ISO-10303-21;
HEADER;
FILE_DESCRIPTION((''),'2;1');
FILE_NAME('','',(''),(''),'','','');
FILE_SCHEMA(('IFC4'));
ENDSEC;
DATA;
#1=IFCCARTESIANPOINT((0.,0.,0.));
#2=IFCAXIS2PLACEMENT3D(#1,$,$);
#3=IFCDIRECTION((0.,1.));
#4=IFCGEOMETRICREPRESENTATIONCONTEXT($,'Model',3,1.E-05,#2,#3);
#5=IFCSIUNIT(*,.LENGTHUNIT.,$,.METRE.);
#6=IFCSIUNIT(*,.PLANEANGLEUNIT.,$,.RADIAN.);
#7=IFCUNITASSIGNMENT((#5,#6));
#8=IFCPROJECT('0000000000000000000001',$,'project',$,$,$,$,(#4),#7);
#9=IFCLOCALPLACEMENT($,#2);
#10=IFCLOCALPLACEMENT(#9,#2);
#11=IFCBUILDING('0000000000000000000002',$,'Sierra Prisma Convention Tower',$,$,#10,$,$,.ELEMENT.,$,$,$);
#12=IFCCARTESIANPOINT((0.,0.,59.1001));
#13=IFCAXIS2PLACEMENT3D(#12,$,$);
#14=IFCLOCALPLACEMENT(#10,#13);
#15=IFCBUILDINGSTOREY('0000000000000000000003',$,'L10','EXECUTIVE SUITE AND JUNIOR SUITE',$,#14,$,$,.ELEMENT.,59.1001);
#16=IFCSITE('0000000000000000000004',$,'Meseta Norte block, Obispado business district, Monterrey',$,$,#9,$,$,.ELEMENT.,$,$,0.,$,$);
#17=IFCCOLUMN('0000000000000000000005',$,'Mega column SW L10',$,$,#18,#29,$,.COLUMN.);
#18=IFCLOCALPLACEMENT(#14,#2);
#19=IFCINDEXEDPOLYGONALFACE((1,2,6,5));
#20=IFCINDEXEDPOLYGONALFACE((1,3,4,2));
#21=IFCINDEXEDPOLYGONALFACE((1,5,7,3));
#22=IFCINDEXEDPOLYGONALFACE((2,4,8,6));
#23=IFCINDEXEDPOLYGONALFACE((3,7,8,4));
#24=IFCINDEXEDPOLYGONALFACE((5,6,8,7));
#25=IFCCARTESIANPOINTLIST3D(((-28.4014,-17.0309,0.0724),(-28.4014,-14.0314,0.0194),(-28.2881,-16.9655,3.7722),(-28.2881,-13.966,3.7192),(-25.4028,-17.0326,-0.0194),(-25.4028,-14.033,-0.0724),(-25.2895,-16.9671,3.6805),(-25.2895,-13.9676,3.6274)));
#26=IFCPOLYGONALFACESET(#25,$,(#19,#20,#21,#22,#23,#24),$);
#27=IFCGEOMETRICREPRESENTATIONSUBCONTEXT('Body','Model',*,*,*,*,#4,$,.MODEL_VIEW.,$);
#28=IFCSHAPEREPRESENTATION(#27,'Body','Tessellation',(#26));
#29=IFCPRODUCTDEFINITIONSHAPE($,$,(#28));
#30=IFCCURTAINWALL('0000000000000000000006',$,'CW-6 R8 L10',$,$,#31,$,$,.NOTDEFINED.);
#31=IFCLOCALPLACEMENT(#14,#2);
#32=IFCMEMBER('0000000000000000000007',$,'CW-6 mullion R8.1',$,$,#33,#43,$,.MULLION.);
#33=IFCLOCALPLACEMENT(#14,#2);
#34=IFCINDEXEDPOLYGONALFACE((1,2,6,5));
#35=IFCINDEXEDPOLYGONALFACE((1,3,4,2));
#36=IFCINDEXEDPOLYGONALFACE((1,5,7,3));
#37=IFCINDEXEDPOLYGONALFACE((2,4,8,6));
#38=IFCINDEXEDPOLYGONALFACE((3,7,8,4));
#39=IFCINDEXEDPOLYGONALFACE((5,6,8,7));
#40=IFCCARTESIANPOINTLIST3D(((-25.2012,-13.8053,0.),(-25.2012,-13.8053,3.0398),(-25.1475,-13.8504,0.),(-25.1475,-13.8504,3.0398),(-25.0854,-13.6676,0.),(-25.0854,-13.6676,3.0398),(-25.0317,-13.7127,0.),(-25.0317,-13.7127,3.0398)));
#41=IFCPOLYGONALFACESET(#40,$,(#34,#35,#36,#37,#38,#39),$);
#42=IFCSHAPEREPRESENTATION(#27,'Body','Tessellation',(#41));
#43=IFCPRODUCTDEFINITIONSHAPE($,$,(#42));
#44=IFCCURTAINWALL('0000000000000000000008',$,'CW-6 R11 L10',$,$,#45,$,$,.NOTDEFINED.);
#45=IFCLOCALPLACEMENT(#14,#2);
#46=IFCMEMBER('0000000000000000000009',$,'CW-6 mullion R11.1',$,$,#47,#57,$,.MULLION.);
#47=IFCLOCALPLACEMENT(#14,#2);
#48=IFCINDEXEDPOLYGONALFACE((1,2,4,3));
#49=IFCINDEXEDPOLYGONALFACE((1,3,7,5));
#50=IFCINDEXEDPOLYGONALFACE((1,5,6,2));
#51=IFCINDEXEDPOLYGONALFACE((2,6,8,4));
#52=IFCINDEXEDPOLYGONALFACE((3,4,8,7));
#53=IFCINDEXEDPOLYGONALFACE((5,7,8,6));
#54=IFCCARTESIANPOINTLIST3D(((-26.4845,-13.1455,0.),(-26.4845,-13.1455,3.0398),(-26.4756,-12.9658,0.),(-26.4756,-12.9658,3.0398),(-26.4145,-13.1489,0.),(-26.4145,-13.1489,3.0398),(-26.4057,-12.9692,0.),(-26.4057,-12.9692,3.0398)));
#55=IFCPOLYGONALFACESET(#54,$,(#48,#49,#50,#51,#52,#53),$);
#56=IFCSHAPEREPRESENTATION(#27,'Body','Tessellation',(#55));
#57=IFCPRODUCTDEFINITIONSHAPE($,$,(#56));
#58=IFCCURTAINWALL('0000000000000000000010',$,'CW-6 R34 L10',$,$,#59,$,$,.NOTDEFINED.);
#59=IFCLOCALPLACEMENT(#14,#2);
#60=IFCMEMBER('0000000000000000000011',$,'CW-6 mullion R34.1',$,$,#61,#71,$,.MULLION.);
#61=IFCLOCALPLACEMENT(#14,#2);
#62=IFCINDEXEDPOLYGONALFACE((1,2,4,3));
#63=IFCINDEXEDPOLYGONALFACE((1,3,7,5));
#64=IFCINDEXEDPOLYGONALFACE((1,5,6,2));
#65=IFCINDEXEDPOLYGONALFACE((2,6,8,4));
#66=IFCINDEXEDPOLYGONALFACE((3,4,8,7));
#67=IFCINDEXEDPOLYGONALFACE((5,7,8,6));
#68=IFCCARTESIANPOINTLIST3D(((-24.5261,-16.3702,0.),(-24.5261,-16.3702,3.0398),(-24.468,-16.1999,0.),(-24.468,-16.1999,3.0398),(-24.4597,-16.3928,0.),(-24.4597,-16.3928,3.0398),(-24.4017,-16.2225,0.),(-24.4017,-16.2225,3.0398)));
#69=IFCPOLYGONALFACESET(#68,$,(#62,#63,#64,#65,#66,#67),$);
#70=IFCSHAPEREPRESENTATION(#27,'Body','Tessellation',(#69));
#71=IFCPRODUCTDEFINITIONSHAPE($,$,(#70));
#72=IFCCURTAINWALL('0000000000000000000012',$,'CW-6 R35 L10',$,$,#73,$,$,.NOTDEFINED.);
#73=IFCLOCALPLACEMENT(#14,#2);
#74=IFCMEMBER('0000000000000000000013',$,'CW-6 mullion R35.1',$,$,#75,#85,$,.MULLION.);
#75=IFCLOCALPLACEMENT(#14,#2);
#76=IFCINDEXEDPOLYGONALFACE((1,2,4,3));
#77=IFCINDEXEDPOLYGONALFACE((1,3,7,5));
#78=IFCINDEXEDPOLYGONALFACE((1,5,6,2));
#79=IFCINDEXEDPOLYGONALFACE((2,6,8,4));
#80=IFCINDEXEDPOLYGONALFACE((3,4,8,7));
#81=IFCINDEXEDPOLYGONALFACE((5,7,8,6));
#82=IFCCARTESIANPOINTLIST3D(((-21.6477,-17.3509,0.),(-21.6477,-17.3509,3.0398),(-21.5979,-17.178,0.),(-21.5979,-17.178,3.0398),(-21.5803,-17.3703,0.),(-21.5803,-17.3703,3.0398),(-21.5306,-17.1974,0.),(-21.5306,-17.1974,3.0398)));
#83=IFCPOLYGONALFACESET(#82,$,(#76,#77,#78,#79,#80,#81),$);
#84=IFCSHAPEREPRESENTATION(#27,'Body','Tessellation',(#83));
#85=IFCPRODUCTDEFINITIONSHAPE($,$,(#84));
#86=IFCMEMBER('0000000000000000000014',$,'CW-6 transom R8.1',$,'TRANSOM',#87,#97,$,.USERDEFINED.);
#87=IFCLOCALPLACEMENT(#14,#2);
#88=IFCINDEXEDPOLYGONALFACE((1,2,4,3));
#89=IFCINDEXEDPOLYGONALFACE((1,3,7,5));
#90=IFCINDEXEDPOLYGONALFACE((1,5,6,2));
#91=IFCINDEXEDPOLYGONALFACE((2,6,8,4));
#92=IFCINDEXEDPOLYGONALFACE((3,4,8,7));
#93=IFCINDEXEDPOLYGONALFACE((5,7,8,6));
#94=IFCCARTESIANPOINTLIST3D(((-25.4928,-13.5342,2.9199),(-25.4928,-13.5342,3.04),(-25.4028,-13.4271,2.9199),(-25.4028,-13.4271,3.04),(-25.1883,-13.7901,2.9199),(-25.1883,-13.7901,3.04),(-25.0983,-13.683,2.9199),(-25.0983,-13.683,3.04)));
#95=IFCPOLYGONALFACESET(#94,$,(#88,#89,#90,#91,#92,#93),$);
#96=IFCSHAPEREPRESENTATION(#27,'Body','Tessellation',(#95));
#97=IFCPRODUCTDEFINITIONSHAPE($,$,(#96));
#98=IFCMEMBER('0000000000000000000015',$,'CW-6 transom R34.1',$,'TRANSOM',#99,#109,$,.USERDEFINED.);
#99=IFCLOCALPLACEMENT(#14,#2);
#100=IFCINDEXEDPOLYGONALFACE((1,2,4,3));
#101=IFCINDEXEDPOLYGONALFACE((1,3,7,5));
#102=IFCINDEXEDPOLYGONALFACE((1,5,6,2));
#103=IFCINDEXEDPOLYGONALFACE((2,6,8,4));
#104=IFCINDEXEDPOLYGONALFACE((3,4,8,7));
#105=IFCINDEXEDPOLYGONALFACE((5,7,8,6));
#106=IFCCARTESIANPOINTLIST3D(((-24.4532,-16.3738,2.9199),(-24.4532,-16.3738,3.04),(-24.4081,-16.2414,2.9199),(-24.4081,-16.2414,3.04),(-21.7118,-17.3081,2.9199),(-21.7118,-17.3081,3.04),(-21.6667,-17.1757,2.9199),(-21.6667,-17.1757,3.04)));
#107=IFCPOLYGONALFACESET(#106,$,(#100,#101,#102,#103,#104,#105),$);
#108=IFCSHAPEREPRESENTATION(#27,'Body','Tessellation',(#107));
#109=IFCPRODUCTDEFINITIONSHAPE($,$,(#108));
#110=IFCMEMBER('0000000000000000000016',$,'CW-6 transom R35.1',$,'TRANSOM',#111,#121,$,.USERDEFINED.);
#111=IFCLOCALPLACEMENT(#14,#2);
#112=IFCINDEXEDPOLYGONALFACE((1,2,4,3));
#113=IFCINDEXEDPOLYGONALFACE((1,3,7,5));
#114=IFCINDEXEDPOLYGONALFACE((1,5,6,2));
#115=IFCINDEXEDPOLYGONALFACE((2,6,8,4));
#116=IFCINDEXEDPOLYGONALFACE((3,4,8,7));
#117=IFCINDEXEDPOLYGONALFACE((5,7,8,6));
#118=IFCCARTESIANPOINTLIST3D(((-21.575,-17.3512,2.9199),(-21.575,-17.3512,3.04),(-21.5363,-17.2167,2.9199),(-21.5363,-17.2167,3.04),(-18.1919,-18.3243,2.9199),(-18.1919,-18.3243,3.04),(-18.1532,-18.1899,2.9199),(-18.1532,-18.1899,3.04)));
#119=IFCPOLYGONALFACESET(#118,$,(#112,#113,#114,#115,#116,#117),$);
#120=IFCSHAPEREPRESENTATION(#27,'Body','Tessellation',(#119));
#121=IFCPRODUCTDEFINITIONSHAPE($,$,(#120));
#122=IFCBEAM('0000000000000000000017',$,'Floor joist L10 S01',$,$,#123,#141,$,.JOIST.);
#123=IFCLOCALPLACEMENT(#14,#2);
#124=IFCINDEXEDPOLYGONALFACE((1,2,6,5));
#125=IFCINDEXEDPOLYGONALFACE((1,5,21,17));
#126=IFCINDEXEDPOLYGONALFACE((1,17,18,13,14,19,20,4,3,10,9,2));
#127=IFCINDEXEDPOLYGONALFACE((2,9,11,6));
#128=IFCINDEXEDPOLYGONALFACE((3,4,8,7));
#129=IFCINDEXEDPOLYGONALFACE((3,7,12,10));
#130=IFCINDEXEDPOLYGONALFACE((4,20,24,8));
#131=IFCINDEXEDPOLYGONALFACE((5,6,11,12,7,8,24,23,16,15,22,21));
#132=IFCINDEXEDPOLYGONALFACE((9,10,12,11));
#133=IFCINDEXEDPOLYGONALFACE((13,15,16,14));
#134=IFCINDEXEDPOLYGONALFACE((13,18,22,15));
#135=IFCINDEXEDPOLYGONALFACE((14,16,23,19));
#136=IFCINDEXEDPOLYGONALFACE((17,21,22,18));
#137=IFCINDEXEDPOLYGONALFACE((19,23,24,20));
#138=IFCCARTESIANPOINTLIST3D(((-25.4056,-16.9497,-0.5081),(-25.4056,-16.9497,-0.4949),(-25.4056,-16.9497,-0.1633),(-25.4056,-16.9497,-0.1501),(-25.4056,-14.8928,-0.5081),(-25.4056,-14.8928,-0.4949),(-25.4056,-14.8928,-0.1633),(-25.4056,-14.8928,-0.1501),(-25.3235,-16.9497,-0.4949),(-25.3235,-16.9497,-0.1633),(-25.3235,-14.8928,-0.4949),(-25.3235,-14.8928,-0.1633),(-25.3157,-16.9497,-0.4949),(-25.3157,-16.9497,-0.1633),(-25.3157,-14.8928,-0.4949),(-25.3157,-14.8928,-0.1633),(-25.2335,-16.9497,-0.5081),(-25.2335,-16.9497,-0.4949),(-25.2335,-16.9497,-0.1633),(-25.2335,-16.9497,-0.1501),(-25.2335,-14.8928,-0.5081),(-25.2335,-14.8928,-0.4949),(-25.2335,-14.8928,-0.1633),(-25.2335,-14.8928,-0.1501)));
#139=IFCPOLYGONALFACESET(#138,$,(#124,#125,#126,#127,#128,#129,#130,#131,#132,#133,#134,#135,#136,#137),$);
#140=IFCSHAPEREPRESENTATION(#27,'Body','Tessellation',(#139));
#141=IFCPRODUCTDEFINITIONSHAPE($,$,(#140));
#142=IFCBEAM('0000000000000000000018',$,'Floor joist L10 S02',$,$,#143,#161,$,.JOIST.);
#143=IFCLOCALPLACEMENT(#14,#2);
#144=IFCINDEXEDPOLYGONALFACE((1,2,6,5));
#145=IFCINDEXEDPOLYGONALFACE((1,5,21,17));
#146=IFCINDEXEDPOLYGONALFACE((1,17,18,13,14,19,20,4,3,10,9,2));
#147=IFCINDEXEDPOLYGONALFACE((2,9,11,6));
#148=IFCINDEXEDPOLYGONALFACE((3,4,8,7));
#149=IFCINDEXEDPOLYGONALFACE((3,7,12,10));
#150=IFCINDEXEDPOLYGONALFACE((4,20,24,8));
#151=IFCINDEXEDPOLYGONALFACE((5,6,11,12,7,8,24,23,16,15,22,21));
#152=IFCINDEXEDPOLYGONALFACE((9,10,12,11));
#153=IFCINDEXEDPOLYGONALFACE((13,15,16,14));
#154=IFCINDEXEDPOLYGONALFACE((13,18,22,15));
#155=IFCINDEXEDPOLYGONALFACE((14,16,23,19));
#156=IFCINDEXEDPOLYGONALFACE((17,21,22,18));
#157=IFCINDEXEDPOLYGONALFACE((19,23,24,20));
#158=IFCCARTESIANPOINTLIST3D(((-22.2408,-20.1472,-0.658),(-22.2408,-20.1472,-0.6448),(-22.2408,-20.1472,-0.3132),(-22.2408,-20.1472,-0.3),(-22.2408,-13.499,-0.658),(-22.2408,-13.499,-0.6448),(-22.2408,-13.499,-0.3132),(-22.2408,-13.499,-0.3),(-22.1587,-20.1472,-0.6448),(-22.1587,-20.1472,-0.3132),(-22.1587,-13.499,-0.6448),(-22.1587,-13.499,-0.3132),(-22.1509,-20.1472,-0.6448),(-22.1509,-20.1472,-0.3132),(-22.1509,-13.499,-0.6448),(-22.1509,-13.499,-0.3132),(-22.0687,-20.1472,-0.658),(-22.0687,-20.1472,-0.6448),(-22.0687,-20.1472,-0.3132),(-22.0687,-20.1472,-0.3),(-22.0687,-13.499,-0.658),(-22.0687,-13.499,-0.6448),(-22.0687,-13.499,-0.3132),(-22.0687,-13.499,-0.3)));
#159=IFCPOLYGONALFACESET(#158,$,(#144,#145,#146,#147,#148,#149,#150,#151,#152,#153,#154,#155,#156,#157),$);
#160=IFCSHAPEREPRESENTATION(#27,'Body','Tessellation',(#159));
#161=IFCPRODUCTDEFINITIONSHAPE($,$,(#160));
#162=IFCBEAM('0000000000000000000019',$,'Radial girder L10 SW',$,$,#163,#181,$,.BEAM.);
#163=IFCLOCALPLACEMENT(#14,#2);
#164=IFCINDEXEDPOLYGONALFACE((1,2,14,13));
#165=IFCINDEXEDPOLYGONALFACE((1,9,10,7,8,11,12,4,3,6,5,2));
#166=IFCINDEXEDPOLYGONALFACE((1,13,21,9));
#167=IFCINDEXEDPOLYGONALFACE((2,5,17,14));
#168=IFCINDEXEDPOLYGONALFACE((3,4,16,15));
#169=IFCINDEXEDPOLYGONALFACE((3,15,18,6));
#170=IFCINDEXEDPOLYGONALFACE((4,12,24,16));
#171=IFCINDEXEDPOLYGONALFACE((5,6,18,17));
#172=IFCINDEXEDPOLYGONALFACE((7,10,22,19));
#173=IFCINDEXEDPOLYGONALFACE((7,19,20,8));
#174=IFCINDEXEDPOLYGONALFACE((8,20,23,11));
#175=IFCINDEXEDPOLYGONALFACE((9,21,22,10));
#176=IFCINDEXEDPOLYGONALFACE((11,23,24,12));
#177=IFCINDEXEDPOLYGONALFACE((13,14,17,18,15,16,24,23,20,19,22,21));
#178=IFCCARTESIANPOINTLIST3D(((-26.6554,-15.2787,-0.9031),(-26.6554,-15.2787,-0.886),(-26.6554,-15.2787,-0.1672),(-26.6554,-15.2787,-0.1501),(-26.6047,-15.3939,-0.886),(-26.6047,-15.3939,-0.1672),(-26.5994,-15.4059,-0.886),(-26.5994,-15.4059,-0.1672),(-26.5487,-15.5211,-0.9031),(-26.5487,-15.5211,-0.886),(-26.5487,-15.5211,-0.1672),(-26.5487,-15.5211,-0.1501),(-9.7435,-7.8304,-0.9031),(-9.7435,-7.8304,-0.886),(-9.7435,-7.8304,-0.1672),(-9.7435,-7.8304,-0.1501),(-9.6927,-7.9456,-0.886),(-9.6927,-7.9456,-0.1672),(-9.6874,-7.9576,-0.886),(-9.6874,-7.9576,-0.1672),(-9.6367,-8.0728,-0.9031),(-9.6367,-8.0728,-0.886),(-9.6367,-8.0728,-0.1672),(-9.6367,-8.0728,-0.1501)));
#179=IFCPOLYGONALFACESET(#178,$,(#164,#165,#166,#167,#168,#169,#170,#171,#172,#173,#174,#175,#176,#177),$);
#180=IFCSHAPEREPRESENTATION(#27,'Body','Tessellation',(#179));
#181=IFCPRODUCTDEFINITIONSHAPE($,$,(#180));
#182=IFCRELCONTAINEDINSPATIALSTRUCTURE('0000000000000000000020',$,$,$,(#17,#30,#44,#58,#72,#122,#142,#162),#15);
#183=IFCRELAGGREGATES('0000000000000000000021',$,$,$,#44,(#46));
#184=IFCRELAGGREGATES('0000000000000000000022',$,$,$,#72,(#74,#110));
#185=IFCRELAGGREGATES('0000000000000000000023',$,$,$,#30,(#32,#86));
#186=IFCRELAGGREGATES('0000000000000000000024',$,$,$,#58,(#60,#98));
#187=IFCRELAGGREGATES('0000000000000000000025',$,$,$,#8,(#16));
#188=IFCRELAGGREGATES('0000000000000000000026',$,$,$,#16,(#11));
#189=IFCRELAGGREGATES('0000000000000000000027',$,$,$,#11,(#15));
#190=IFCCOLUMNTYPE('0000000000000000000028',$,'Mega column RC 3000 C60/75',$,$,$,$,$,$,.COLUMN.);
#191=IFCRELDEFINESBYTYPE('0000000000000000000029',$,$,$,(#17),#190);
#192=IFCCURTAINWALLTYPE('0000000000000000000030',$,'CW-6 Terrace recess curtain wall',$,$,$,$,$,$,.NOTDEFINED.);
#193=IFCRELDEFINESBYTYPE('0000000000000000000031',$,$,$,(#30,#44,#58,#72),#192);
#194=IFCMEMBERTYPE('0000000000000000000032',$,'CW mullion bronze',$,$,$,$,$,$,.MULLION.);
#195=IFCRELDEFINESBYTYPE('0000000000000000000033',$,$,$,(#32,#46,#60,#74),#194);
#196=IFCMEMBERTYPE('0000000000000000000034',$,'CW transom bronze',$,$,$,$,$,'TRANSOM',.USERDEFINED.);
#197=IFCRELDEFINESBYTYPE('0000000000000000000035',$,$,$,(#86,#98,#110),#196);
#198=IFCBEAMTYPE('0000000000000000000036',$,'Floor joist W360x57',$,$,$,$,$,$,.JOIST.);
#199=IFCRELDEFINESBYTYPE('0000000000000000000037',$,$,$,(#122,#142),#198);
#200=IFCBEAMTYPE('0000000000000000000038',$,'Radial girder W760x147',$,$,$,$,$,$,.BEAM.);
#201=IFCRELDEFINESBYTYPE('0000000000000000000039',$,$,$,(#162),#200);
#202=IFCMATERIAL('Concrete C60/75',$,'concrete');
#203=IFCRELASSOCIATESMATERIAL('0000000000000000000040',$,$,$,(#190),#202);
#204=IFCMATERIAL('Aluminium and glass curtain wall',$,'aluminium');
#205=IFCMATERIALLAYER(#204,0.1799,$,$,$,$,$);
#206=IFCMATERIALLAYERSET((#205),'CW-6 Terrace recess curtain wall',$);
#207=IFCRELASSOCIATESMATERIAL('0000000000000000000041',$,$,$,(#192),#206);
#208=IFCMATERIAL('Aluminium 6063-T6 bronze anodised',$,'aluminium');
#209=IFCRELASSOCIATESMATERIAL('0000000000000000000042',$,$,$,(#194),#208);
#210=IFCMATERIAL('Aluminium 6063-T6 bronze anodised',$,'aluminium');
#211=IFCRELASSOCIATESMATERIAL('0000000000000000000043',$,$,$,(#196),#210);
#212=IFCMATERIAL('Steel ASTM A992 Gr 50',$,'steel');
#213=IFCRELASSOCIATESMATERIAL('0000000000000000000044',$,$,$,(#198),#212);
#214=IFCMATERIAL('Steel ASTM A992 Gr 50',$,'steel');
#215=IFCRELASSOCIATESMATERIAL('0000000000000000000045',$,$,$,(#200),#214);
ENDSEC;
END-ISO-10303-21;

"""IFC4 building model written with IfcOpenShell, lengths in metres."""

from ifc_helpers import new_model, si_unit, direction, frame, origin, origin_2d, place, context, subcontext, project, spatial, rectangle, i_section, extrude, material, layer, layer_set, material_profile, profile_set, type_object, element, aggregate, save


model = new_model("IFC4")

# Units and contexts
model_context = context("Model", 3, precision=1e-05, world=origin(), true_north=direction((0.0, 1.0)))
body_context = subcontext(model_context, "Body", "Model", "MODEL_VIEW")
ifc_project = project(units=[si_unit("LENGTHUNIT", "METRE"), si_unit("PLANEANGLEUNIT", "RADIAN")], contexts=[model_context])

# Site, building, storey
site_placement = place(None, origin())
site = spatial("IfcSite", under=ifc_project, at=site_placement, Name="Meseta Norte block, Obispado business district, Monterrey", CompositionType="ELEMENT", RefElevation=0.0)
building_placement = place(site_placement, origin())
building = spatial("IfcBuilding", under=site, at=building_placement, Name="Sierra Prisma Convention Tower", CompositionType="ELEMENT")
storey_placement = place(building_placement, frame((0.0, 0.0, 59.1001)))
storey = spatial("IfcBuildingStorey", under=building, at=storey_placement, Name="L10", Description="EXECUTIVE SUITE AND JUNIOR SUITE", CompositionType="ELEMENT", Elevation=59.1001)

# Column
ifc_material_1 = material(Name="Concrete C60/75", Category="concrete")
ifc_material_profile_1 = material_profile(ifc_material_1, rectangle(XDim=3.0, YDim=3.0, at=origin_2d()), Name="Mega column RC 3000 C60/75")
ifc_profile_set_1 = profile_set([ifc_material_profile_1], Name="Concrete C60/75")
column_type = type_object("IfcColumnType", Name="Mega column RC 3000 C60/75", PredefinedType="COLUMN", material=ifc_profile_set_1)
column_placement = place(storey_placement, frame((-26.9021, -15.532, 0.0), z_axis=(0.030598, 0.017673, 0.999376), x_axis=(0.999532, -0.000541, -0.030593)))
element("IfcColumn", 1, at=column_placement, inside=storey, type_object=column_type, Name="Mega column SW L10", PredefinedType="COLUMN", context=body_context, shape_type="SweptSolid", body=[
    extrude(rectangle(XDim=3.0, YDim=3.0, at=origin_2d()), origin(), (0.0, 0.0, 1.0), 3.7021),
])

# Curtain walls, members
ifc_material_2 = material(Name="Aluminium and glass curtain wall", Category="aluminium")
ifc_layer_1 = layer(ifc_material_2, 0.1799)
ifc_layer_set_1 = layer_set([ifc_layer_1], Name="CW-6 Terrace recess curtain wall")
curtain_wall_type = type_object("IfcCurtainWallType", Name="CW-6 Terrace recess curtain wall", PredefinedType="NOTDEFINED", material=ifc_layer_set_1)
curtain_wall_1_placement = place(storey_placement, origin())
curtain_wall_1 = element("IfcCurtainWall", 2, at=curtain_wall_1_placement, inside=storey, type_object=curtain_wall_type, Name="CW-6 R8 L10", PredefinedType="NOTDEFINED")
ifc_material_3 = material(Name="Aluminium 6063-T6 bronze anodised", Category="aluminium")
ifc_material_profile_2 = material_profile(ifc_material_3, rectangle(XDim=0.1799, YDim=0.0701, at=origin_2d()), Name="ALU MULLION 70x180")
ifc_profile_set_2 = profile_set([ifc_material_profile_2], Name="Aluminium 6063-T6 bronze anodised")
member_type_1 = type_object("IfcMemberType", Name="CW mullion bronze", PredefinedType="MULLION", material=ifc_profile_set_2)
member_1_placement = place(storey_placement, frame((-25.1165, -13.759, 0.0), z_axis=(0.0, 0.0, 1.0), x_axis=(-0.64361, -0.765353, 0.0)))
member_1 = element("IfcMember", 3, at=member_1_placement, type_object=member_type_1, Name="CW-6 mullion R8.1", PredefinedType="MULLION", context=body_context, shape_type="SweptSolid", body=[
    extrude(rectangle(XDim=0.1799, YDim=0.0701, at=origin_2d()), origin(), (0.0, 0.0, 1.0), 3.0398),
])
curtain_wall_2_placement = place(storey_placement, origin())
curtain_wall_2 = element("IfcCurtainWall", 4, at=curtain_wall_2_placement, inside=storey, type_object=curtain_wall_type, Name="CW-6 R11 L10", PredefinedType="NOTDEFINED")
member_2_placement = place(storey_placement, frame((-26.4451, -13.0574, 0.0), z_axis=(0.0, 0.0, 1.0), x_axis=(-0.049068, -0.998795, 0.0)))
member_2 = element("IfcMember", 5, at=member_2_placement, type_object=member_type_1, Name="CW-6 mullion R11.1", PredefinedType="MULLION", context=body_context, shape_type="SweptSolid", body=[
    extrude(rectangle(XDim=0.1799, YDim=0.0701, at=origin_2d()), origin(), (0.0, 0.0, 1.0), 3.0398),
])
aggregate(curtain_wall_2, [member_2])
curtain_wall_3_placement = place(storey_placement, origin())
curtain_wall_3 = element("IfcCurtainWall", 6, at=curtain_wall_3_placement, inside=storey, type_object=curtain_wall_type, Name="CW-6 R34 L10", PredefinedType="NOTDEFINED")
member_3_placement = place(storey_placement, frame((-24.4639, -16.2964, 0.0), z_axis=(0.0, 0.0, 1.0), x_axis=(0.322586, 0.94654, 0.0)))
member_3 = element("IfcMember", 7, at=member_3_placement, type_object=member_type_1, Name="CW-6 mullion R34.1", PredefinedType="MULLION", context=body_context, shape_type="SweptSolid", body=[
    extrude(rectangle(XDim=0.1799, YDim=0.0701, at=origin_2d()), origin(), (0.0, 0.0, 1.0), 3.0398),
])
curtain_wall_4_placement = place(storey_placement, origin())
curtain_wall_4 = element("IfcCurtainWall", 8, at=curtain_wall_4_placement, inside=storey, type_object=curtain_wall_type, Name="CW-6 R35 L10", PredefinedType="NOTDEFINED")
member_4_placement = place(storey_placement, frame((-21.5891, -17.2742, 0.0), z_axis=(0.0, 0.0, 1.0), x_axis=(0.276492, 0.961016, 0.0)))
member_4 = element("IfcMember", 9, at=member_4_placement, type_object=member_type_1, Name="CW-6 mullion R35.1", PredefinedType="MULLION", context=body_context, shape_type="SweptSolid", body=[
    extrude(rectangle(XDim=0.1799, YDim=0.0701, at=origin_2d()), origin(), (0.0, 0.0, 1.0), 3.0398),
])

# Members
ifc_material_4 = material(Name="Aluminium 6063-T6 bronze anodised", Category="aluminium")
ifc_material_profile_3 = material_profile(ifc_material_4, rectangle(XDim=0.1399, YDim=0.1201, at=origin_2d()), Name="ALU TRANSOM 120x140")
ifc_profile_set_3 = profile_set([ifc_material_profile_3], Name="Aluminium 6063-T6 bronze anodised")
member_type_2 = type_object("IfcMemberType", Name="CW transom bronze", ElementType="TRANSOM", PredefinedType="USERDEFINED", material=ifc_profile_set_3)
member_5_placement = place(storey_placement, frame((-25.1433, -13.7366, 2.98), z_axis=(-0.765548, 0.643379, 0.0), x_axis=(-0.643379, -0.765548, 0.0)))
member_5 = element("IfcMember", 10, at=member_5_placement, type_object=member_type_2, Name="CW-6 transom R8.1", ObjectType="TRANSOM", PredefinedType="USERDEFINED", context=body_context, shape_type="SweptSolid", body=[
    extrude(rectangle(XDim=0.1399, YDim=0.1201, at=origin_2d()), origin(), (0.0, 0.0, 1.0), 0.3977),
])
member_6_placement = place(storey_placement, frame((-24.4307, -16.3076, 2.98), z_axis=(0.946538, -0.322593, 0.0), x_axis=(0.322593, 0.946538, 0.0)))
member_6 = element("IfcMember", 11, at=member_6_placement, type_object=member_type_2, Name="CW-6 transom R34.1", ObjectType="TRANSOM", PredefinedType="USERDEFINED", context=body_context, shape_type="SweptSolid", body=[
    extrude(rectangle(XDim=0.1399, YDim=0.1201, at=origin_2d()), origin(), (0.0, 0.0, 1.0), 2.8962),
])
member_7_placement = place(storey_placement, frame((-21.5557, -17.2839, 2.98), z_axis=(0.96103, -0.276443, 0.0), x_axis=(0.276443, 0.96103, 0.0)))
member_7 = element("IfcMember", 12, at=member_7_placement, type_object=member_type_2, Name="CW-6 transom R35.1", ObjectType="TRANSOM", PredefinedType="USERDEFINED", context=body_context, shape_type="SweptSolid", body=[
    extrude(rectangle(XDim=0.1399, YDim=0.1201, at=origin_2d()), origin(), (0.0, 0.0, 1.0), 3.5203),
])
aggregate(curtain_wall_4, [member_4, member_7])

# Beams
ifc_material_5 = material(Name="Steel ASTM A992 Gr 50", Category="steel")
ifc_material_profile_4 = material_profile(ifc_material_5, i_section(OverallWidth=0.1721, OverallDepth=0.3579, WebThickness=0.0078, FlangeThickness=0.0132, at=origin_2d()), Name="W360x57")
ifc_profile_set_4 = profile_set([ifc_material_profile_4], Name="Steel ASTM A992 Gr 50")
beam_type_1 = type_object("IfcBeamType", Name="Floor joist W360x57", PredefinedType="JOIST", material=ifc_profile_set_4)
beam_1_placement = place(storey_placement, frame((-25.3196, -16.9497, -0.3291), z_axis=(0.0, 1.0, 0.0), x_axis=(-1.0, 0.0, 0.0)))
element("IfcBeam", 13, at=beam_1_placement, inside=storey, type_object=beam_type_1, Name="Floor joist L10 S01", PredefinedType="JOIST", context=body_context, shape_type="SweptSolid", body=[
    extrude(i_section(OverallWidth=0.1721, OverallDepth=0.3579, WebThickness=0.0078, FlangeThickness=0.0132, at=origin_2d()), origin(), (0.0, 0.0, 1.0), 2.0569),
])
beam_2_placement = place(storey_placement, frame((-22.1548, -20.1472, -0.479), z_axis=(0.0, 1.0, 0.0), x_axis=(-1.0, 0.0, 0.0)))
element("IfcBeam", 14, at=beam_2_placement, inside=storey, type_object=beam_type_1, Name="Floor joist L10 S02", PredefinedType="JOIST", context=body_context, shape_type="SweptSolid", body=[
    extrude(i_section(OverallWidth=0.1721, OverallDepth=0.3579, WebThickness=0.0078, FlangeThickness=0.0132, at=origin_2d()), origin(), (0.0, 0.0, 1.0), 6.6482),
])
ifc_material_6 = material(Name="Steel ASTM A992 Gr 50", Category="steel")
ifc_material_profile_5 = material_profile(ifc_material_6, i_section(OverallWidth=0.2649, OverallDepth=0.7529, WebThickness=0.0132, FlangeThickness=0.0171, at=origin_2d()), Name="W760x147")
ifc_profile_set_5 = profile_set([ifc_material_profile_5], Name="Steel ASTM A992 Gr 50")
beam_type_2 = type_object("IfcBeamType", Name="Radial girder W760x147", PredefinedType="BEAM", material=ifc_profile_set_5)
beam_3_placement = place(storey_placement, frame((-26.6021, -15.3999, -0.5266), z_axis=(0.915175, 0.403057, 0.0), x_axis=(-0.403057, 0.915175, 0.0)))
element("IfcBeam", 15, at=beam_3_placement, inside=storey, type_object=beam_type_2, Name="Radial girder L10 SW", PredefinedType="BEAM", context=body_context, shape_type="SweptSolid", body=[
    extrude(i_section(OverallWidth=0.2649, OverallDepth=0.7529, WebThickness=0.0132, FlangeThickness=0.0171, at=origin_2d()), origin(), (0.0, 0.0, 1.0), 18.4795),
])

aggregate(curtain_wall_1, [member_1, member_5])
aggregate(curtain_wall_3, [member_3, member_6])

save(model, "model.ifc")
